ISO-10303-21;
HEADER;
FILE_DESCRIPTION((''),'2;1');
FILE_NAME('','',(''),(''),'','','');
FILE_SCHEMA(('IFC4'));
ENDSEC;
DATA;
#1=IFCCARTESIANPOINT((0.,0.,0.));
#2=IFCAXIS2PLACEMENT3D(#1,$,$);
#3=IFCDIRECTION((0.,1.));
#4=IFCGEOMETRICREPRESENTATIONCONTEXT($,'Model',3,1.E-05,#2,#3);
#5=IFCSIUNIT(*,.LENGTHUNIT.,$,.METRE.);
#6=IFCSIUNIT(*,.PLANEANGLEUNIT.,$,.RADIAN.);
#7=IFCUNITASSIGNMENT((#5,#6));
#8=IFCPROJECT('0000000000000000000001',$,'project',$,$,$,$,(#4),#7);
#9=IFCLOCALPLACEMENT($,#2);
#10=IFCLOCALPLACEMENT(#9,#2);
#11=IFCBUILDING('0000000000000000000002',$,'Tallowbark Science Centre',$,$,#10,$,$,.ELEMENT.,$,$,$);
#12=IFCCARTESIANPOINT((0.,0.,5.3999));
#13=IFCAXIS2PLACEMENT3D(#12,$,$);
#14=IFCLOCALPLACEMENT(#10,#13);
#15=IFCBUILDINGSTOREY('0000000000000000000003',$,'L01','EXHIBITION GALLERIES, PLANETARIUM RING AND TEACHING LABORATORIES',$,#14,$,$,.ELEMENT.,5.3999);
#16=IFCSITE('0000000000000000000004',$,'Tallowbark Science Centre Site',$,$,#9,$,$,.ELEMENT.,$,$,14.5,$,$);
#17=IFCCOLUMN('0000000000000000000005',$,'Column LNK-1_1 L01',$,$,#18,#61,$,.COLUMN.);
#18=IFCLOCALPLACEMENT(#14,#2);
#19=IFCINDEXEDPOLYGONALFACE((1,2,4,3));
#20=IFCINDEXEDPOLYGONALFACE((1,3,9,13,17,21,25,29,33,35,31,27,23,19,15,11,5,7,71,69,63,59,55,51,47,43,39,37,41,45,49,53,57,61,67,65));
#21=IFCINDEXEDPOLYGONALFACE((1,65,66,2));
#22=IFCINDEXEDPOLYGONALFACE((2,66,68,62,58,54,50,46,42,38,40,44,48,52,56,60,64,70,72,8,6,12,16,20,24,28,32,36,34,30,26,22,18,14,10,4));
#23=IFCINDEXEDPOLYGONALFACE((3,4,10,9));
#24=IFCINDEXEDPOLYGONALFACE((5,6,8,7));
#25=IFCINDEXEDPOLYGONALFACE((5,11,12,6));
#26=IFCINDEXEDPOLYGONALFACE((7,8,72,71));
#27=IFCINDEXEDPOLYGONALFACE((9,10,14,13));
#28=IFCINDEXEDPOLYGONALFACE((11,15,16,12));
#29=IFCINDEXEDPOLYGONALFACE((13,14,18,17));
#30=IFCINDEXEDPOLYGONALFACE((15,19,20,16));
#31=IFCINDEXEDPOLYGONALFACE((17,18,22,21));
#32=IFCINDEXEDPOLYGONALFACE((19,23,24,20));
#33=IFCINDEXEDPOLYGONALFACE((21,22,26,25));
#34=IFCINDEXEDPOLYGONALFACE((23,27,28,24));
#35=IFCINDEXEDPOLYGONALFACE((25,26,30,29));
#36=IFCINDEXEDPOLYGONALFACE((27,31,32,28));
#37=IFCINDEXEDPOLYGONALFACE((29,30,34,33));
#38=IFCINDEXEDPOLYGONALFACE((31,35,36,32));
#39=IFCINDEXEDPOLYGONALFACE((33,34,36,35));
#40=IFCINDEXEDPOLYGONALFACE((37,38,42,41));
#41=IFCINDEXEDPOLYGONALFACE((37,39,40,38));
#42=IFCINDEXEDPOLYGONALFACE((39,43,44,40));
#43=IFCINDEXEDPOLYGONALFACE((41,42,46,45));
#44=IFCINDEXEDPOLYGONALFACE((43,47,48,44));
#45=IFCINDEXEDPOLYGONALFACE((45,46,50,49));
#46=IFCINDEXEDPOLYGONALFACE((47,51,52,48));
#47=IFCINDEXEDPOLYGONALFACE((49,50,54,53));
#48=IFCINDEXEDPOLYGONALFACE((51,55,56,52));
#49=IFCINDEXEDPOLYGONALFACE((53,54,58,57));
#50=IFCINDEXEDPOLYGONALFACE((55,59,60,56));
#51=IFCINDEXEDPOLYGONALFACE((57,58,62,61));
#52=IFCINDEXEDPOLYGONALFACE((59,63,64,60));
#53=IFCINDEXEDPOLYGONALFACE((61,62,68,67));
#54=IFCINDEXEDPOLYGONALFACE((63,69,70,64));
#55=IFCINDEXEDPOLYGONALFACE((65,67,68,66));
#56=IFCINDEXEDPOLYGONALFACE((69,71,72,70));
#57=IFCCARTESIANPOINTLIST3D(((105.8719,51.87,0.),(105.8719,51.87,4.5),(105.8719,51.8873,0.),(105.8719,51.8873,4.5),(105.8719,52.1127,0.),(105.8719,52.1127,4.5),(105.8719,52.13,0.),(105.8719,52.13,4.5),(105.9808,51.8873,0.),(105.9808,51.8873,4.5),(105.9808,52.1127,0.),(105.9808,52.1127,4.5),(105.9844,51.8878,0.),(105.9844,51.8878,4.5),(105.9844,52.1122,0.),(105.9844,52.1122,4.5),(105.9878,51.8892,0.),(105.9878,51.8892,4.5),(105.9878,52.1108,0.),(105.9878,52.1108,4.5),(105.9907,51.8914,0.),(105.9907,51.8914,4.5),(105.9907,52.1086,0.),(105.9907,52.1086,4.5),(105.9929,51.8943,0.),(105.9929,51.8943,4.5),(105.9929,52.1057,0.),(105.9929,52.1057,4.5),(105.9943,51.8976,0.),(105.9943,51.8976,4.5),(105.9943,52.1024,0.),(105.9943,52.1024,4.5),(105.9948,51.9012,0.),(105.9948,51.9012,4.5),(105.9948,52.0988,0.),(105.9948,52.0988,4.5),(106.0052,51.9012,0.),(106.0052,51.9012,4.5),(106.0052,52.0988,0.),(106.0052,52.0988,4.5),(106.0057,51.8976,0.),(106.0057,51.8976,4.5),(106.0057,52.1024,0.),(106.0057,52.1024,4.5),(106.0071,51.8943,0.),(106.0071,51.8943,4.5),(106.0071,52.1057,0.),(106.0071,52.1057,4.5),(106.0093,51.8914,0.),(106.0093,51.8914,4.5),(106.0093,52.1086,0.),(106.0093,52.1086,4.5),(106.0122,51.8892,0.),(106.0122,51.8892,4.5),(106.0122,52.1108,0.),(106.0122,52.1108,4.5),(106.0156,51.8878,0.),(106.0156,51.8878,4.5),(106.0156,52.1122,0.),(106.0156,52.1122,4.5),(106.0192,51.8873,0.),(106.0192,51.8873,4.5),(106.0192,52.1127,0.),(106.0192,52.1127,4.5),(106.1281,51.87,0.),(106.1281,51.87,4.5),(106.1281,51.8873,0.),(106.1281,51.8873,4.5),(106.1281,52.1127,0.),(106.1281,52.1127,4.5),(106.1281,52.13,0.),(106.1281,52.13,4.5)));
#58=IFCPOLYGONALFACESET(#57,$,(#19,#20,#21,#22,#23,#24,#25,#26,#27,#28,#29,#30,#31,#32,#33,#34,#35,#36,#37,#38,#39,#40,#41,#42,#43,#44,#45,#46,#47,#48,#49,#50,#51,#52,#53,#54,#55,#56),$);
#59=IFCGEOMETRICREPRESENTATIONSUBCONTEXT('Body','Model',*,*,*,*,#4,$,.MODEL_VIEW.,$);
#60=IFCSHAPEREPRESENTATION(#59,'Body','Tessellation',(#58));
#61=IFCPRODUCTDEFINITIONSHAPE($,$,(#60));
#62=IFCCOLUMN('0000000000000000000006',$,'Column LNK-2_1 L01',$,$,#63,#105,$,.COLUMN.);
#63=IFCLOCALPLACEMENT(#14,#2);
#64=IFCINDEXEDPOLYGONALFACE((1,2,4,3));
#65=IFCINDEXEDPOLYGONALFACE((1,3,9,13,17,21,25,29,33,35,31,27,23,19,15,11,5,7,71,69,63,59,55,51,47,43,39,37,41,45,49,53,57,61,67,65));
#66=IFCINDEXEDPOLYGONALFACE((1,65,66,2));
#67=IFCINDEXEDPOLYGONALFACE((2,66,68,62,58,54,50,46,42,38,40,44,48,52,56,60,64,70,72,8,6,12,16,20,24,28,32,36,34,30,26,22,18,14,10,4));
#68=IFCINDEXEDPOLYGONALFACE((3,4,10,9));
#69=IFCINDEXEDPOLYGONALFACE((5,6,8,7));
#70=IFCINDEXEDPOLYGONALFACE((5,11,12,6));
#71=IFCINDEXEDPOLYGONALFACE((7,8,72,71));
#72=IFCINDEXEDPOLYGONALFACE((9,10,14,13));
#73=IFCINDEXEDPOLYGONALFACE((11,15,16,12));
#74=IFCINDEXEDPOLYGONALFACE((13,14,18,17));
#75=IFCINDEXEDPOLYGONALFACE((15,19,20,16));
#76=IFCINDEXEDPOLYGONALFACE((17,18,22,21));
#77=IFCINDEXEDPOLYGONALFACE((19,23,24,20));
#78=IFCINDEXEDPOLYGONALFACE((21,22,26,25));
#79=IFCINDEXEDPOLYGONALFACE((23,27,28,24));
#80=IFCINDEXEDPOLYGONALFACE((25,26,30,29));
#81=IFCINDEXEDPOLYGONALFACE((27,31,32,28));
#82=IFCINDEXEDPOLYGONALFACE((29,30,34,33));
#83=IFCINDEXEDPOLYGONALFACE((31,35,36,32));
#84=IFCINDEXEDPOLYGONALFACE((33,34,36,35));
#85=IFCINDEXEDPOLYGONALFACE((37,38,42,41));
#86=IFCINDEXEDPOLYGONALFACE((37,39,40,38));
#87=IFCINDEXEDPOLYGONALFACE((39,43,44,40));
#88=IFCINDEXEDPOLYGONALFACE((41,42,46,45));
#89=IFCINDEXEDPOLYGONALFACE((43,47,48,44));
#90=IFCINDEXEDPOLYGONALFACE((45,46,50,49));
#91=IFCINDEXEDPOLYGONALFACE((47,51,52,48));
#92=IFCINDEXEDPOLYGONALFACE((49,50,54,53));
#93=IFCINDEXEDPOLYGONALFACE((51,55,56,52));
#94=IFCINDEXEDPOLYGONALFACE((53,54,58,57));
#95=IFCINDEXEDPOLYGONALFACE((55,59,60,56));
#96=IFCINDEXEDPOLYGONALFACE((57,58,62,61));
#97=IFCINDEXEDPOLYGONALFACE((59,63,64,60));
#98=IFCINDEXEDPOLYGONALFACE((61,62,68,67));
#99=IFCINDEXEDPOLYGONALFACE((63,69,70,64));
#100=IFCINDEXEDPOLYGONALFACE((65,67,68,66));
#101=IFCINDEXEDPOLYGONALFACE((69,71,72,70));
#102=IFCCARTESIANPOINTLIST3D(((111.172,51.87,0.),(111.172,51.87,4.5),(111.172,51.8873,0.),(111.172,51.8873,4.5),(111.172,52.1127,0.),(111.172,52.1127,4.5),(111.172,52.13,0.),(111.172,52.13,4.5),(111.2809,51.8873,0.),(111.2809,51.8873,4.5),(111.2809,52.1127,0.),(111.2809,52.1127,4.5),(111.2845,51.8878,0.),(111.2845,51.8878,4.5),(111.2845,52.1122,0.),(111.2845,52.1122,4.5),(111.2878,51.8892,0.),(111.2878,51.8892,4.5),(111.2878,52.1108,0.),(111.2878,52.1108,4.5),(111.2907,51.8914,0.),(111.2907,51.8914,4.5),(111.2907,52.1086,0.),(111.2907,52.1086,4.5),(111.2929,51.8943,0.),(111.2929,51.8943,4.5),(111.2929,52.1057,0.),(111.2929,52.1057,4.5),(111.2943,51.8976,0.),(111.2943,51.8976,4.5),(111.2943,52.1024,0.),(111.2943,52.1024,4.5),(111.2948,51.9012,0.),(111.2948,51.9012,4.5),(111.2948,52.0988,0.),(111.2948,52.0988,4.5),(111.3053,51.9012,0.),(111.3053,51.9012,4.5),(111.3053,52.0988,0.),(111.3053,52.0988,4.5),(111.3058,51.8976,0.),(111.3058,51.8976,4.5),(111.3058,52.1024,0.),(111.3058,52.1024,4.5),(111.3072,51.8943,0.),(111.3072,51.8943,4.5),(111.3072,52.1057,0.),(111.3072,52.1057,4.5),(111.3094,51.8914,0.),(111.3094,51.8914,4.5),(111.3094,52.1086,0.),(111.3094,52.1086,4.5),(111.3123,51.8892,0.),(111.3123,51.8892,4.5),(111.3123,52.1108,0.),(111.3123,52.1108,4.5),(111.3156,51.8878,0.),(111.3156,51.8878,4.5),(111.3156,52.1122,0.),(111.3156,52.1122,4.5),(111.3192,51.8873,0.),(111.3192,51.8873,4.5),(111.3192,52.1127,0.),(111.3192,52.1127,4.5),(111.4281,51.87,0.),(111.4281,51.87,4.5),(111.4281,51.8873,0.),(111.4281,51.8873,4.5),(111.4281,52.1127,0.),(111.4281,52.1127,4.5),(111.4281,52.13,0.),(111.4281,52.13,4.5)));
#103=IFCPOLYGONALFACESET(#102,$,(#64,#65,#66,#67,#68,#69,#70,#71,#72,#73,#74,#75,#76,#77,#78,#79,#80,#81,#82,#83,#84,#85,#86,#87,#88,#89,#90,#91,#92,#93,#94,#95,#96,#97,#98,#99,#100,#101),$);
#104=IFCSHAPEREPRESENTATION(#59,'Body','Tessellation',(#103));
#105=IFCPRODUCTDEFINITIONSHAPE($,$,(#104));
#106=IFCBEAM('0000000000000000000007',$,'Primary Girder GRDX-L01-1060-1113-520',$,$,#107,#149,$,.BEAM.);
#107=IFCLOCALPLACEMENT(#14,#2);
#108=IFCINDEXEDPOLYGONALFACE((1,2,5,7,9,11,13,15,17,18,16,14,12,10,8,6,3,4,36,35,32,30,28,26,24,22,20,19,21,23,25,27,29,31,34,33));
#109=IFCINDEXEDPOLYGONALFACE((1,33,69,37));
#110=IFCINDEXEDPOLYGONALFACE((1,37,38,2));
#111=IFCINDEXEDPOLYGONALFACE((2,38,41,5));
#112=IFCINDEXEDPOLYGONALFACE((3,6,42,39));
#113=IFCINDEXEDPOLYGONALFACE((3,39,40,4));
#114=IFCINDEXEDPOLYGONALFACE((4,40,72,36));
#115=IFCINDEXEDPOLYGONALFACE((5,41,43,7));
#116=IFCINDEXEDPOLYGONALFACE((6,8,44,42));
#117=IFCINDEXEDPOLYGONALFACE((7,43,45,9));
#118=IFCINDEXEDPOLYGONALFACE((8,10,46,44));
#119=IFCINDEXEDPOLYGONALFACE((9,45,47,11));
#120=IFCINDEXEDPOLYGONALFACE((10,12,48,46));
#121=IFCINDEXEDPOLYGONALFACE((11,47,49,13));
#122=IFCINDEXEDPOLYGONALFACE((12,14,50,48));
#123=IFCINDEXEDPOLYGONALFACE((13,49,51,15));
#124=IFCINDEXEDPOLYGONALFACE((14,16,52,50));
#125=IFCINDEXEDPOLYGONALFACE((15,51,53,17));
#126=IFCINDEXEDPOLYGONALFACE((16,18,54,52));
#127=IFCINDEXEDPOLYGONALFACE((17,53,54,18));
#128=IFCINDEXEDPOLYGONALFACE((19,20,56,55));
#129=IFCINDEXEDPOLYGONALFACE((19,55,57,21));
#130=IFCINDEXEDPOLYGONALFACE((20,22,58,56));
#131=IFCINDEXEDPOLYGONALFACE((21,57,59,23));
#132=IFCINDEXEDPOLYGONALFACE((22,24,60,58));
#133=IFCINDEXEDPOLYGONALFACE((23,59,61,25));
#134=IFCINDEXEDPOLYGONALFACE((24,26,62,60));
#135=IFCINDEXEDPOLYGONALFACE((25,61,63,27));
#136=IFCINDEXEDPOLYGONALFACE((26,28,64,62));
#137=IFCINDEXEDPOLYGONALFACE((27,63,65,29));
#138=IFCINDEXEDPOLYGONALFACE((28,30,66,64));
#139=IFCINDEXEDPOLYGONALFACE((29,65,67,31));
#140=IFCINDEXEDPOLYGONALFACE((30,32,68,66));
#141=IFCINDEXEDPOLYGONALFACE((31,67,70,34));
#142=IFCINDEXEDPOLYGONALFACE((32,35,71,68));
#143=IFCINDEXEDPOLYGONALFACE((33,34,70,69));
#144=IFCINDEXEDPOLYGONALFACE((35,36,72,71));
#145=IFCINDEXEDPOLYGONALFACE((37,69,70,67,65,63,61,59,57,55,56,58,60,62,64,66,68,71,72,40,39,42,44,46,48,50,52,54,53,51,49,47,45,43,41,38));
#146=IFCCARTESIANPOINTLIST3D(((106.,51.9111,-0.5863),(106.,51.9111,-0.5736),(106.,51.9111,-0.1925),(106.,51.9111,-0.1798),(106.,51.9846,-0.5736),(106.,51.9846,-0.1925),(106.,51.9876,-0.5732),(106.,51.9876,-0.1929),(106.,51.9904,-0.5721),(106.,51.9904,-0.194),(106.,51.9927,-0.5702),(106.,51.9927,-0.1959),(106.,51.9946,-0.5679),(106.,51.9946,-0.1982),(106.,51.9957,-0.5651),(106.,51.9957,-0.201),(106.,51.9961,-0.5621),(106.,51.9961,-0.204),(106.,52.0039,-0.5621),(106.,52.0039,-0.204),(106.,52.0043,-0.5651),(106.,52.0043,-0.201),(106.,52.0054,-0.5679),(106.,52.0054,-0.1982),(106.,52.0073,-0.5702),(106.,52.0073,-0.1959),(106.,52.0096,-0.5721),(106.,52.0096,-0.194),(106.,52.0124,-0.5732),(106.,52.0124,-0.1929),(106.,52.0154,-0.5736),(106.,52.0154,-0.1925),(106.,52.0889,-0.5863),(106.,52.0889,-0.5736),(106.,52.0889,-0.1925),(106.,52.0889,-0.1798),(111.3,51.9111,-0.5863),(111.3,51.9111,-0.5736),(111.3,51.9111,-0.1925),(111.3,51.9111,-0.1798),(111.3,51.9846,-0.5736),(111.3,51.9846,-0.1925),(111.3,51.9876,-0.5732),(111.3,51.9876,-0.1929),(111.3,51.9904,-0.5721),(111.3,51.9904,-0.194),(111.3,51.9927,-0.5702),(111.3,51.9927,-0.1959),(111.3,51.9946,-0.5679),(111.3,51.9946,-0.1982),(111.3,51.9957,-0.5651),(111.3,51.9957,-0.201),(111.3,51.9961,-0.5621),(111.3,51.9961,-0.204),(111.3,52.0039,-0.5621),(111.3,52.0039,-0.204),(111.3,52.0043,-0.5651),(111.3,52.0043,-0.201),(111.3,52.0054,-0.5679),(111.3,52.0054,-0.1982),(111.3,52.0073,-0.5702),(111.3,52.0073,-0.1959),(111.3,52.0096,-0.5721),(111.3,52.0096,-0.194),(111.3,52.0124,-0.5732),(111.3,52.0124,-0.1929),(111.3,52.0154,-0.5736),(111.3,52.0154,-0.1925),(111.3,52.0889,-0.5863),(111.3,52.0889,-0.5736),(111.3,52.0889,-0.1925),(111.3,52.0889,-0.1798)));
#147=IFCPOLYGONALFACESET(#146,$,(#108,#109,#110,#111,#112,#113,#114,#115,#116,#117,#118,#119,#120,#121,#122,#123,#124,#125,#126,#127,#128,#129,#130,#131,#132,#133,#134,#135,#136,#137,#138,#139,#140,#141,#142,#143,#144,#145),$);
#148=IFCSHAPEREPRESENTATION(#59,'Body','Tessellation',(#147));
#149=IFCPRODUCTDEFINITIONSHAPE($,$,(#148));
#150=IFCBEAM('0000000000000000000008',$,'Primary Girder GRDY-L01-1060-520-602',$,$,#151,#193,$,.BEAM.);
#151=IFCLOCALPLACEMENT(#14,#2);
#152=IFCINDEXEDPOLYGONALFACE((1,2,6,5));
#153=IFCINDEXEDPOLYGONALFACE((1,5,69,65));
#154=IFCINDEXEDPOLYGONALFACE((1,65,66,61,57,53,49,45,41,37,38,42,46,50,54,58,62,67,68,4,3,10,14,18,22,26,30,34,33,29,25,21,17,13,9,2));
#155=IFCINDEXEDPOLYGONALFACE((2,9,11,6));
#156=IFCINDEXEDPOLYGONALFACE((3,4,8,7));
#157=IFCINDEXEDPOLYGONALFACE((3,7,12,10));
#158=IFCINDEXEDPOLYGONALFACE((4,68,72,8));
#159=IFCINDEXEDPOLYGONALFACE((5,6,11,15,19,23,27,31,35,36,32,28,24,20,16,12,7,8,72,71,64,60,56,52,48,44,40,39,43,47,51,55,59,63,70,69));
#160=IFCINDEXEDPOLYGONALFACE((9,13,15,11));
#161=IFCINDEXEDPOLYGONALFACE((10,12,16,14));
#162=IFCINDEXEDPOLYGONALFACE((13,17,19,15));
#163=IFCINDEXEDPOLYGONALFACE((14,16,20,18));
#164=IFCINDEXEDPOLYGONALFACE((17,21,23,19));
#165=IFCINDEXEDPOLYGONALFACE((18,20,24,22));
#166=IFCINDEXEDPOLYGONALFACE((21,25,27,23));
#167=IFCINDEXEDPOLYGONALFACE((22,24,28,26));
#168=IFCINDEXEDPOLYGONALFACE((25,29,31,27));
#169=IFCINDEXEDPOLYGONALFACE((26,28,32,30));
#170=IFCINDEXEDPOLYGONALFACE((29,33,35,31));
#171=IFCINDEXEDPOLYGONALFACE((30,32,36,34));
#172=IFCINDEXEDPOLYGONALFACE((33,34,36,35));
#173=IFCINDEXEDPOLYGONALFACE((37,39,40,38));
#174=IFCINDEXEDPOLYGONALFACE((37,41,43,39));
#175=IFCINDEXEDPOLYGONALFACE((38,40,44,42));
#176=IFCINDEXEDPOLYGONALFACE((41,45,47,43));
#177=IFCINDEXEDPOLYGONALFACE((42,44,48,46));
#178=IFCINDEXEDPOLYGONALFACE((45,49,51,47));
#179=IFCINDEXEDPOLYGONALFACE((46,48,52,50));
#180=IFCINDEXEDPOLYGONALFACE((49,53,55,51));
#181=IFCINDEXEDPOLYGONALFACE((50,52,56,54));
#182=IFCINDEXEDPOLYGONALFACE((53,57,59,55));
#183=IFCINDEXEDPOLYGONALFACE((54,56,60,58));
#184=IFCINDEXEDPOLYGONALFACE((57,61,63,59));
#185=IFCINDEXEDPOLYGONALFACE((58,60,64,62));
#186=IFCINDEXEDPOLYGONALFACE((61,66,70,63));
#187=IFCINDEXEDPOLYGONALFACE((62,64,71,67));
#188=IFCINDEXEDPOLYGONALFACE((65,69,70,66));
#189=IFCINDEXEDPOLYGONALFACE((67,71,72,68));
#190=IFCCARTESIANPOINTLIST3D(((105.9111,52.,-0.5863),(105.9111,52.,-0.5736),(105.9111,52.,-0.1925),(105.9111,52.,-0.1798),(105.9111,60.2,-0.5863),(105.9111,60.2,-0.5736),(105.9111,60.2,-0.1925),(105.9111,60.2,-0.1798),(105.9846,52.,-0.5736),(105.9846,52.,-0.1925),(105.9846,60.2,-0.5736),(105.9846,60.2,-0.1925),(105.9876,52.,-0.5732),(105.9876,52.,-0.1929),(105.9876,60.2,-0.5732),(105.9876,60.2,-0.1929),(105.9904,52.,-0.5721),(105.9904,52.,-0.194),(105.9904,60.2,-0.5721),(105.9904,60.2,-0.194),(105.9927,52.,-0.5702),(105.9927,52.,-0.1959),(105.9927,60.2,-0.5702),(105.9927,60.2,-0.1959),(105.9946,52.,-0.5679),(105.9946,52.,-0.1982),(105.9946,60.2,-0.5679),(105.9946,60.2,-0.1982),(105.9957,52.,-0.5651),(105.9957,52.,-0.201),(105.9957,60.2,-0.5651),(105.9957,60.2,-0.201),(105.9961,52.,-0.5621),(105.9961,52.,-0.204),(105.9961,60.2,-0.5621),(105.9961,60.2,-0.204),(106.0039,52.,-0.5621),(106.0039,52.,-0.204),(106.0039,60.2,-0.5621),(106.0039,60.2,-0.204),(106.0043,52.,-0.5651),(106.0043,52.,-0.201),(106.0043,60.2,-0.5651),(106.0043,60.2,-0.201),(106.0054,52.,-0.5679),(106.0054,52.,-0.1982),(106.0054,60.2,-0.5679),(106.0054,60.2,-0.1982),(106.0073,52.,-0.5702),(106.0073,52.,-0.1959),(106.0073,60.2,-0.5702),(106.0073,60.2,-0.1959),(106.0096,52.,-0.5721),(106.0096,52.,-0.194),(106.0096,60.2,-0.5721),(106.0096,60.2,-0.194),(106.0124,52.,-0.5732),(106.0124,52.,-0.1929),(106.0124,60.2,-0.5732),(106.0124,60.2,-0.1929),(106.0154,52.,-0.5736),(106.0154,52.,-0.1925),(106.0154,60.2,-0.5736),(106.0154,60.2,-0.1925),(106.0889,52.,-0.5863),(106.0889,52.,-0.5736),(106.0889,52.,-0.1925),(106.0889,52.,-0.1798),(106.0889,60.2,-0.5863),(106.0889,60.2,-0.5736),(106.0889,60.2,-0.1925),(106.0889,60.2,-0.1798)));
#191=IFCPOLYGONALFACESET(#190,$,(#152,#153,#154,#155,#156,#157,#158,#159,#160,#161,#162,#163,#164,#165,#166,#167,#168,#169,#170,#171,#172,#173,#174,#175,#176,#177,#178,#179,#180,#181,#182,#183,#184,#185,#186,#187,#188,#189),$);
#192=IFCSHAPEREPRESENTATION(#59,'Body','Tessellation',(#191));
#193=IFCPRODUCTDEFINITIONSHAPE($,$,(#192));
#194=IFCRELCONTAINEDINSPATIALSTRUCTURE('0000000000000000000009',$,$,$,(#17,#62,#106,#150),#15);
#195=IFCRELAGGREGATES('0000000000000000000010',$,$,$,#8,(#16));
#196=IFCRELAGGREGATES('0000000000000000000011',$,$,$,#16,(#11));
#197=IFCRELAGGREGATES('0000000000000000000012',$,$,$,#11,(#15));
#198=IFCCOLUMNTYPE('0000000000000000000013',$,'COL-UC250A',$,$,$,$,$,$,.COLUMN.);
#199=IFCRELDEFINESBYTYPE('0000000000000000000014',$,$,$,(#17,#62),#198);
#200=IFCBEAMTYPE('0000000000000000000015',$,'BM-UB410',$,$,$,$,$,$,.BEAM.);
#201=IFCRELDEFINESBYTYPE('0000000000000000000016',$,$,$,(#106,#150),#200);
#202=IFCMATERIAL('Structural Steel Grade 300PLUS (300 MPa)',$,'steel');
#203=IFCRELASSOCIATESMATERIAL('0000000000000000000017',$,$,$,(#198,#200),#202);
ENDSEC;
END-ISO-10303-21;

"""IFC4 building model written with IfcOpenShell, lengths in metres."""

from ifc_helpers import new_model, si_unit, direction, frame, origin, origin_2d, place, context, subcontext, project, spatial, i_section, extrude, material, material_profile, profile_set, type_object, element, save


model = new_model("IFC4")

# Units and contexts
model_context = context("Model", 3, precision=1e-05, world=origin(), true_north=direction((0.0, 1.0)))
body_context = subcontext(model_context, "Body", "Model", "MODEL_VIEW")
ifc_project = project(units=[si_unit("LENGTHUNIT", "METRE"), si_unit("PLANEANGLEUNIT", "RADIAN")], contexts=[model_context])

# Site, building, storey
site_placement = place(None, origin())
site = spatial("IfcSite", under=ifc_project, at=site_placement, Name="Tallowbark Science Centre Site", CompositionType="ELEMENT", RefElevation=14.5)
building_placement = place(site_placement, origin())
building = spatial("IfcBuilding", under=site, at=building_placement, Name="Tallowbark Science Centre", CompositionType="ELEMENT")
storey_placement = place(building_placement, frame((0.0, 0.0, 5.3999)))
storey = spatial("IfcBuildingStorey", under=building, at=storey_placement, Name="L01", Description="EXHIBITION GALLERIES, PLANETARIUM RING AND TEACHING LABORATORIES", CompositionType="ELEMENT", Elevation=5.3999)

# Columns
ifc_material_1 = material(Name="Structural Steel Grade 300PLUS (300 MPa)", Category="steel")
ifc_material_profile_1 = material_profile(ifc_material_1, i_section(OverallWidth=0.2561, OverallDepth=0.26, WebThickness=0.0105, FlangeThickness=0.0173, FilletRadius=0.0139, at=origin_2d()), Name="250UC89.5")
ifc_profile_set_1 = profile_set([ifc_material_profile_1], Name="Structural Steel Grade 300PLUS (300 MPa)")
column_type = type_object("IfcColumnType", Name="COL-UC250A", PredefinedType="COLUMN", material=ifc_profile_set_1)
for number, where, z_axis, x_axis, name in (
    (1, (106.0, 52.0, 0.0), (0.0, 0.0, 1.0), (1.0, 0.0, 0.0), "Column LNK-1_1 L01"),
    (2, (111.3, 52.0, 0.0), (0.0, 0.0, 1.0), (1.0, 0.0, 0.0), "Column LNK-2_1 L01"),
):
    element("IfcColumn", number, at=place(storey_placement, frame(where, z_axis=z_axis, x_axis=x_axis)), inside=storey, type_object=column_type, Name=name, PredefinedType="COLUMN", context=body_context, shape_type="SweptSolid", body=[
        extrude(i_section(OverallWidth=0.2561, OverallDepth=0.26, WebThickness=0.0105, FlangeThickness=0.0173, FilletRadius=0.0139, at=origin_2d()), origin(), (0.0, 0.0, 1.0), 4.5),
    ])

# Beams
ifc_material_profile_2 = material_profile(ifc_material_1, i_section(OverallWidth=0.1777, OverallDepth=0.4065, WebThickness=0.0078, FlangeThickness=0.0127, FilletRadius=0.0115, at=origin_2d()), Name="410UB59.7")
ifc_profile_set_2 = profile_set([ifc_material_profile_2], Name="Structural Steel Grade 300PLUS (300 MPa)")
beam_type = type_object("IfcBeamType", Name="BM-UB410", PredefinedType="BEAM", material=ifc_profile_set_2)
beam_placement = place(storey_placement, frame((106.0, 52.0, -0.3831), z_axis=(1.0, 0.0, 0.0), x_axis=(0.0, 1.0, 0.0)))
element("IfcBeam", 3, at=beam_placement, inside=storey, type_object=beam_type, Name="Primary Girder GRDX-L01-1060-1113-520", PredefinedType="BEAM", context=body_context, shape_type="SweptSolid", body=[
    extrude(i_section(OverallWidth=0.1777, OverallDepth=0.4065, WebThickness=0.0078, FlangeThickness=0.0127, FilletRadius=0.0115, at=origin_2d()), origin(), (0.0, 0.0, 1.0), 5.3),
])
for number, where, z_axis, x_axis, name in (
    (4, (106.0, 52.0, -0.3831), (0.0, 1.0, 0.0), (-1.0, 0.0, 0.0), "Primary Girder GRDY-L01-1060-520-602"),
):
    element("IfcBeam", number, at=place(storey_placement, frame(where, z_axis=z_axis, x_axis=x_axis)), inside=storey, type_object=beam_type, Name=name, PredefinedType="BEAM", context=body_context, shape_type="SweptSolid", body=[
        extrude(i_section(OverallWidth=0.1777, OverallDepth=0.4065, WebThickness=0.0078, FlangeThickness=0.0127, FilletRadius=0.0115, at=origin_2d()), origin(), (0.0, 0.0, 1.0), 8.2),
    ])

save(model, "model.ifc")
